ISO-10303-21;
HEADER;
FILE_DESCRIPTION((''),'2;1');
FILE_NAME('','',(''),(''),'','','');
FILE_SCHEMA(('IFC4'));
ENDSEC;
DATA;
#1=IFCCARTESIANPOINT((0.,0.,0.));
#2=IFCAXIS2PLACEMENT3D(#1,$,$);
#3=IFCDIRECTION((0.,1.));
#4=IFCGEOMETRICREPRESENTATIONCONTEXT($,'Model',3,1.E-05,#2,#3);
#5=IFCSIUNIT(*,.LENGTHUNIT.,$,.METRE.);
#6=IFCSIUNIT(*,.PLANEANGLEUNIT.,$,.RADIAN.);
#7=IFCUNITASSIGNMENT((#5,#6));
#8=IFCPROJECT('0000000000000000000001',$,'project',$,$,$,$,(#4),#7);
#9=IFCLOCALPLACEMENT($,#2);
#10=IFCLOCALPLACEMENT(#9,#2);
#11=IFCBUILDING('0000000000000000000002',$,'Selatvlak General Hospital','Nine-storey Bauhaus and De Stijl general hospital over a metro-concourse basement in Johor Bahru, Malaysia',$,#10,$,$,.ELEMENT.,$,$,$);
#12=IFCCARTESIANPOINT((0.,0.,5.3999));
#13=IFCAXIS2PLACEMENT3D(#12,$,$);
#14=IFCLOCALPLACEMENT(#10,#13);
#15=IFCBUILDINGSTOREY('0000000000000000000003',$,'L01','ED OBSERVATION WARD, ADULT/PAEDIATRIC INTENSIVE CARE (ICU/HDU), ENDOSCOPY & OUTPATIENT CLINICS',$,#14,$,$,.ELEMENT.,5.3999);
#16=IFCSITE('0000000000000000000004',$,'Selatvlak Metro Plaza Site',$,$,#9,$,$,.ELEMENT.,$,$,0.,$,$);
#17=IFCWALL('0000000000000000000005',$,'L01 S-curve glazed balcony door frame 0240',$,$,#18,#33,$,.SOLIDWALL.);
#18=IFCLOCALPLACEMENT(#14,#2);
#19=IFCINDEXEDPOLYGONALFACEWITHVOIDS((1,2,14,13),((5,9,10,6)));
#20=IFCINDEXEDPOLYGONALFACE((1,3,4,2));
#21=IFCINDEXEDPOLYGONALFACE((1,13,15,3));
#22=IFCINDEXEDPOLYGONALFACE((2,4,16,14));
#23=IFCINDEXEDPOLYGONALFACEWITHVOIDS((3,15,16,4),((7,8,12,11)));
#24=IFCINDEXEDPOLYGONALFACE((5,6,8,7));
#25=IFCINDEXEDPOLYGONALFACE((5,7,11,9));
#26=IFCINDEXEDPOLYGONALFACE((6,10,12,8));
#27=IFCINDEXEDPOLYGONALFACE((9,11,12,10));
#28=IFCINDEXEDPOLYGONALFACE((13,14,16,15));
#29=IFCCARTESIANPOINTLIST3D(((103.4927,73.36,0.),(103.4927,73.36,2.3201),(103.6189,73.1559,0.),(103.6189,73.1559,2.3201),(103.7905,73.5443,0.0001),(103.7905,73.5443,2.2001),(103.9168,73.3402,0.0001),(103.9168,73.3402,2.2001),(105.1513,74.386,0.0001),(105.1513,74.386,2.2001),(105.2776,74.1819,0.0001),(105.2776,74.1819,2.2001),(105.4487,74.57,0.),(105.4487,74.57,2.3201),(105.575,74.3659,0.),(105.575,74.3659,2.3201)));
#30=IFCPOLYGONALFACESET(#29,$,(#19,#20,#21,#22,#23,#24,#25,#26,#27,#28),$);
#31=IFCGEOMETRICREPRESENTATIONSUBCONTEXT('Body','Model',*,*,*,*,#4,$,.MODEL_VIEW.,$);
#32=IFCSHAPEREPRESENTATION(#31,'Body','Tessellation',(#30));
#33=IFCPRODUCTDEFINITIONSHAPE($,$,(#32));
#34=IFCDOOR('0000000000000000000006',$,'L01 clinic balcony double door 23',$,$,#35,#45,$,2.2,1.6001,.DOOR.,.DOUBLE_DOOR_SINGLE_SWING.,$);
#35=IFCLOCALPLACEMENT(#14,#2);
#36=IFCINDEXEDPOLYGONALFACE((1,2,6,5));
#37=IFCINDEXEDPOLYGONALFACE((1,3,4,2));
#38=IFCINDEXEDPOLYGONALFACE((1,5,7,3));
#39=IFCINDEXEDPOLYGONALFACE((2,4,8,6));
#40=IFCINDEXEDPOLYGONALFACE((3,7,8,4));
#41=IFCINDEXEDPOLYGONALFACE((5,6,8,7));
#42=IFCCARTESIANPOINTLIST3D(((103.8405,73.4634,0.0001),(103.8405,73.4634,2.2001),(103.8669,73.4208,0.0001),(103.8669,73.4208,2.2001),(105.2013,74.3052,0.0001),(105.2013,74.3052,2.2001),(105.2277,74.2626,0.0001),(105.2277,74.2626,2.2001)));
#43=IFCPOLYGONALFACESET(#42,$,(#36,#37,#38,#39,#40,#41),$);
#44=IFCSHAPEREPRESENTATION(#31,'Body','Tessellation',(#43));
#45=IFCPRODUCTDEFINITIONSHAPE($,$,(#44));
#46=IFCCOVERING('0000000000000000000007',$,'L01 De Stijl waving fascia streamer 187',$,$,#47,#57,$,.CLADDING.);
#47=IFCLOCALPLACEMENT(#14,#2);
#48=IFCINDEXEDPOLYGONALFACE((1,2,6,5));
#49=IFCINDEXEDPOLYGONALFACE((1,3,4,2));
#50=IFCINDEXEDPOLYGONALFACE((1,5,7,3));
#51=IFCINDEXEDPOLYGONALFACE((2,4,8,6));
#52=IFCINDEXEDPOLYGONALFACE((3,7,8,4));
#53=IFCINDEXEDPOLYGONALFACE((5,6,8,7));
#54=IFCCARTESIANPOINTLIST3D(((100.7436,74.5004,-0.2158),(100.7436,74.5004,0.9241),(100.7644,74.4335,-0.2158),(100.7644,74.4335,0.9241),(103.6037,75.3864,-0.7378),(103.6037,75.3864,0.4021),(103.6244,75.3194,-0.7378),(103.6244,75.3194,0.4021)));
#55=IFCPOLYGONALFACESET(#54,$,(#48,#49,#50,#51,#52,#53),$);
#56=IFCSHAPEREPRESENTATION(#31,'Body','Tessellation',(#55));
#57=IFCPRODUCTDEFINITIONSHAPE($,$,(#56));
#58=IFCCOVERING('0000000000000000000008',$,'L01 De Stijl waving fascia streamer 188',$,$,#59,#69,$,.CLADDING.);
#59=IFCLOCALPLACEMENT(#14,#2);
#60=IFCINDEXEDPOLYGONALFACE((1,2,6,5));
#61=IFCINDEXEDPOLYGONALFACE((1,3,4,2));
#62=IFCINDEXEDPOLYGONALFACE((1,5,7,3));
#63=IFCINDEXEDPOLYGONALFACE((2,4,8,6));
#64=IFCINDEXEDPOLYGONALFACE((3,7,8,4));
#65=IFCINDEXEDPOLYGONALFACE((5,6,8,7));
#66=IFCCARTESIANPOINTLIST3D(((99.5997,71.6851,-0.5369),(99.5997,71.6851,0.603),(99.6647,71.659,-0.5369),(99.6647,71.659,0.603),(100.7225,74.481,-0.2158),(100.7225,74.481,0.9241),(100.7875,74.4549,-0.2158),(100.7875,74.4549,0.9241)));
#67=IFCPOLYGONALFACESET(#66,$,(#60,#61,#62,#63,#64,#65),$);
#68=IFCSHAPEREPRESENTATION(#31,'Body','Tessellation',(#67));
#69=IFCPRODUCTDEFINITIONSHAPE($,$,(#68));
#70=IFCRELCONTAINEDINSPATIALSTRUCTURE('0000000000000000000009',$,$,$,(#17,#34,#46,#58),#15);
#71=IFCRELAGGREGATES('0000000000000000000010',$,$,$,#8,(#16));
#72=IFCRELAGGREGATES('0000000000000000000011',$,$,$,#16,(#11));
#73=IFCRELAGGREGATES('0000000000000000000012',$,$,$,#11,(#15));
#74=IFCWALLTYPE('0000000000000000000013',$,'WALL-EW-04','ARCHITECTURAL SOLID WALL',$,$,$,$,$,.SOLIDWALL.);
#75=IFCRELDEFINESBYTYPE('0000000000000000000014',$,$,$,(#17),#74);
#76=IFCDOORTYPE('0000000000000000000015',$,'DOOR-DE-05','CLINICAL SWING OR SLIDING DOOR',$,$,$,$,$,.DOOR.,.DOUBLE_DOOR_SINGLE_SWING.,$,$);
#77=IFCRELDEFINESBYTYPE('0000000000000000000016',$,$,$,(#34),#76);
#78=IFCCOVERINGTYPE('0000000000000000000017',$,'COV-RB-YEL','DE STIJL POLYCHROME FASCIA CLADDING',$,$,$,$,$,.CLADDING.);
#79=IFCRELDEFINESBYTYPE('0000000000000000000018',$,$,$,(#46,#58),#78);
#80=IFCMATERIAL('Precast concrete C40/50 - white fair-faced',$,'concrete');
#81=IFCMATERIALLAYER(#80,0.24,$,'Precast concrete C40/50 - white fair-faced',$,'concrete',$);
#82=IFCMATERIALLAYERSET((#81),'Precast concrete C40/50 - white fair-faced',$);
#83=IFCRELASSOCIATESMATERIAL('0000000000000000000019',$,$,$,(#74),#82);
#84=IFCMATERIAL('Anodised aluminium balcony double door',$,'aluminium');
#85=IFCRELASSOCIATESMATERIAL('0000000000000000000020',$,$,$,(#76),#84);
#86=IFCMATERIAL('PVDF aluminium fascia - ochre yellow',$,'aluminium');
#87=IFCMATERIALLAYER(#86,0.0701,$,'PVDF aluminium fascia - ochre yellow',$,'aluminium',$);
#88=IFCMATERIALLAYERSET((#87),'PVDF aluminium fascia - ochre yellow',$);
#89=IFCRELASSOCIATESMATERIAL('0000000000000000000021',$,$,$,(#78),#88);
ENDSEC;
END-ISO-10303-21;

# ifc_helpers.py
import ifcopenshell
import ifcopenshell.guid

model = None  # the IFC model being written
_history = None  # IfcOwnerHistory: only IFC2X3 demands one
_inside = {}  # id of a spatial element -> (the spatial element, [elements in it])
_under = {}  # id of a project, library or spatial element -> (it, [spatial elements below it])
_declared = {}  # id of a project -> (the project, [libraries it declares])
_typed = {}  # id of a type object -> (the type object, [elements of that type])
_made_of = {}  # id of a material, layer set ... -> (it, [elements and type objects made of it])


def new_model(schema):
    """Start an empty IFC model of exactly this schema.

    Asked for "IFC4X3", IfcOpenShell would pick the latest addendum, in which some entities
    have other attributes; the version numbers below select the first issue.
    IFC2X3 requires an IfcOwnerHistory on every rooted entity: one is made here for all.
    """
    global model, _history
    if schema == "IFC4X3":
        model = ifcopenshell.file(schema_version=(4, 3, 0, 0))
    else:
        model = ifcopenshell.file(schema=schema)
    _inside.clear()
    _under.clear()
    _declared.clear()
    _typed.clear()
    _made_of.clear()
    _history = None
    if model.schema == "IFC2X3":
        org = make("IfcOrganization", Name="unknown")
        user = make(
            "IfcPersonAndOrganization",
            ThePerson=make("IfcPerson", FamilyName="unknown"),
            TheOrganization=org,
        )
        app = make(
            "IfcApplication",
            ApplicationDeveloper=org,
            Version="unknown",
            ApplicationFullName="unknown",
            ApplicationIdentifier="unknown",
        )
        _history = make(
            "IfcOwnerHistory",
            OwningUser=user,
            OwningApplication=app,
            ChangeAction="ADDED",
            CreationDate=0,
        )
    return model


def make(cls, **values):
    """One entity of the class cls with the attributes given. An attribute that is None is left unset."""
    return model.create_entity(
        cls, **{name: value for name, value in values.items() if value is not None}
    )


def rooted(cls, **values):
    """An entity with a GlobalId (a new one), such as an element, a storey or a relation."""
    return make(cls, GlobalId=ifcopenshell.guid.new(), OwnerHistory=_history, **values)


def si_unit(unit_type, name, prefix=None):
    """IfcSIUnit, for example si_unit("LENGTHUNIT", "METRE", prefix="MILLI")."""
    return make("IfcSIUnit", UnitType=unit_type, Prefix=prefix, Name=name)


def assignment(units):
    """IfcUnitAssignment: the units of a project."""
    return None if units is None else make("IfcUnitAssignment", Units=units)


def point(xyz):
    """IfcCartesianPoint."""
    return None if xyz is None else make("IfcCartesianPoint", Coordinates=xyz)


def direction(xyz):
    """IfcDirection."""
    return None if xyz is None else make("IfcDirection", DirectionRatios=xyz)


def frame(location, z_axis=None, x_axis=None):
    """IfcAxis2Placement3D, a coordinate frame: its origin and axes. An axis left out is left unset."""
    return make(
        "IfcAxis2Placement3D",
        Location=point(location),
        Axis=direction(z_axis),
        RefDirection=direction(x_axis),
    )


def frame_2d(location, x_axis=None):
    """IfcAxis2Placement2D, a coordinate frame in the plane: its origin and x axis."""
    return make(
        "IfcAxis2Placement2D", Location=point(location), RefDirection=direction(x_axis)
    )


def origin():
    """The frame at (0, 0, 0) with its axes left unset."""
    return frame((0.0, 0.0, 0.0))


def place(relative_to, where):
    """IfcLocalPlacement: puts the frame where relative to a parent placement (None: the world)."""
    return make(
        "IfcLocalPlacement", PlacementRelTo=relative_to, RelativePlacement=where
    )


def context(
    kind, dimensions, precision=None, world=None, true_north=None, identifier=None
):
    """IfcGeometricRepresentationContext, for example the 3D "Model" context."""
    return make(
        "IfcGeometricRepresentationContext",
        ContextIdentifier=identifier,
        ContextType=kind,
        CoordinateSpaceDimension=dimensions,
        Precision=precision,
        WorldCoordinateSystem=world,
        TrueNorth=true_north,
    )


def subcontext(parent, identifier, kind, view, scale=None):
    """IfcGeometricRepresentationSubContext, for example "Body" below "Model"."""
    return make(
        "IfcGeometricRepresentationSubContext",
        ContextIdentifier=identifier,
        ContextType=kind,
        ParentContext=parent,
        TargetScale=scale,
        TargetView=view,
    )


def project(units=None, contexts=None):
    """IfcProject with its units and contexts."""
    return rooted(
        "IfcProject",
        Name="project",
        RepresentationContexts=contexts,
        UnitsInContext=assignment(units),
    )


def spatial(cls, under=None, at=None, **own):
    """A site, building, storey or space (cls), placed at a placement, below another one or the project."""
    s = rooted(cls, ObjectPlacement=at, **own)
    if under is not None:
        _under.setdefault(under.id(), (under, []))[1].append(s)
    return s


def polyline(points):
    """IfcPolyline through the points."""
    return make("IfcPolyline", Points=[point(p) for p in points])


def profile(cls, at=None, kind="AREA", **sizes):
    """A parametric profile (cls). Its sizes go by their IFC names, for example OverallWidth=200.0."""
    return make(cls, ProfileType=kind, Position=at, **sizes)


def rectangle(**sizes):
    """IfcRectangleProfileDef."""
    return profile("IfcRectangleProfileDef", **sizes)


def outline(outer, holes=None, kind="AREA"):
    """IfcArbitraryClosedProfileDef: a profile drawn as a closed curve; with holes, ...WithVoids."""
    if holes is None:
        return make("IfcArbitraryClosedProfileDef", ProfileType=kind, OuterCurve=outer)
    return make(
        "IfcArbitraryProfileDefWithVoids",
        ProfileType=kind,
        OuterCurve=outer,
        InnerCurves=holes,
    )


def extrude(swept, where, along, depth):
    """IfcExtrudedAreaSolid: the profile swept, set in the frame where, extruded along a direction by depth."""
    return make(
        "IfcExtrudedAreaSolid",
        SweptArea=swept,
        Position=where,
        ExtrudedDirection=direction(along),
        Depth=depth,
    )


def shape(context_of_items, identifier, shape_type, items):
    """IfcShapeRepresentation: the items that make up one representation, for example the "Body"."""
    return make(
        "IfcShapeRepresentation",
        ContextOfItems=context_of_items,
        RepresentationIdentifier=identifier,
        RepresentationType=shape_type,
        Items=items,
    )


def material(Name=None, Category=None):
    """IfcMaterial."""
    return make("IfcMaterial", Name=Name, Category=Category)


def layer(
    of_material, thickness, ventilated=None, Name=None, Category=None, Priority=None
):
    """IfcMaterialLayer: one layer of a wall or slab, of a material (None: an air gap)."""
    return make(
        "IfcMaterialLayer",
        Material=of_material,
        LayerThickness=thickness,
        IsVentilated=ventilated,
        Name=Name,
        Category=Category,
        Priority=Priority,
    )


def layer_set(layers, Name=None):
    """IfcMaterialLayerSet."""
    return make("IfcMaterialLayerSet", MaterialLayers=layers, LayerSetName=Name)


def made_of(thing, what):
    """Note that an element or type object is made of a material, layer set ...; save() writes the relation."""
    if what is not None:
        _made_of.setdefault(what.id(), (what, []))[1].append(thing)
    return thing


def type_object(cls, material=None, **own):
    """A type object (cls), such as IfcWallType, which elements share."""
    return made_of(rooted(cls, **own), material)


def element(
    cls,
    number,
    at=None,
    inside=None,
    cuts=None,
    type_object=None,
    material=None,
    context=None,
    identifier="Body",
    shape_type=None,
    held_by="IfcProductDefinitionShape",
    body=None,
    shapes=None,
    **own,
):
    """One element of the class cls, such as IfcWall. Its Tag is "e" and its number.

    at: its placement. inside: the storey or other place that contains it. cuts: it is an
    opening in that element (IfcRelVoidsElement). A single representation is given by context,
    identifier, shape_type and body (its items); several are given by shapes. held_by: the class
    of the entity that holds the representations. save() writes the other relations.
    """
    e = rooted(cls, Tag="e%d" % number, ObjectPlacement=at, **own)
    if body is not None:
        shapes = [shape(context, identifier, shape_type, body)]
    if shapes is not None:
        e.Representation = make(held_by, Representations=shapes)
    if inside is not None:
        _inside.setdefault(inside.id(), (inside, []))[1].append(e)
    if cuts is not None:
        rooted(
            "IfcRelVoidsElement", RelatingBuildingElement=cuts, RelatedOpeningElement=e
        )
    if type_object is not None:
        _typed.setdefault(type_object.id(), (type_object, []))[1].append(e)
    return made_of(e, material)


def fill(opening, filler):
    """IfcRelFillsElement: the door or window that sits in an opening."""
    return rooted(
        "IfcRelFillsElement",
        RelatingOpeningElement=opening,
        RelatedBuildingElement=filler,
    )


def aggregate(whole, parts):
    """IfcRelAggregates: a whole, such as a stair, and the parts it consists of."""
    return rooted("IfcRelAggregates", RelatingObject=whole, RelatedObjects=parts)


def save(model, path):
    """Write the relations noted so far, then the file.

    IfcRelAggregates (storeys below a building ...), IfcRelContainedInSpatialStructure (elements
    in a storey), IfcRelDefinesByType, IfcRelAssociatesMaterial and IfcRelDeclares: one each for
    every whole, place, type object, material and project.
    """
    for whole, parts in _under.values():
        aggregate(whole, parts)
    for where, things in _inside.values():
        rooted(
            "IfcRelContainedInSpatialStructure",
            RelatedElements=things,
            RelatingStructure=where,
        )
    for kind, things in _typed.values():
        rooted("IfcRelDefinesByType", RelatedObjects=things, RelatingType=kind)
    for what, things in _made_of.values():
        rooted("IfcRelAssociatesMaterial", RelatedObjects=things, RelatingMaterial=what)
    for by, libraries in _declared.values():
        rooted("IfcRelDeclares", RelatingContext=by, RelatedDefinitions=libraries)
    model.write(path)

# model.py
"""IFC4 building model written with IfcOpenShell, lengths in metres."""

from ifc_helpers import new_model, si_unit, direction, frame, frame_2d, origin, place, context, subcontext, project, spatial, polyline, rectangle, outline, extrude, material, layer, layer_set, type_object, element, fill, save


model = new_model("IFC4")

# Units and contexts
model_context = context("Model", 3, precision=1e-05, world=origin(), true_north=direction((0.0, 1.0)))
body_context = subcontext(model_context, "Body", "Model", "MODEL_VIEW")
ifc_project = project(units=[si_unit("LENGTHUNIT", "METRE"), si_unit("PLANEANGLEUNIT", "RADIAN")], contexts=[model_context])

# Site, building, storey
site_placement = place(None, origin())
site = spatial("IfcSite", under=ifc_project, at=site_placement, Name="Selatvlak Metro Plaza Site", CompositionType="ELEMENT", RefElevation=0.0)
building_placement = place(site_placement, origin())
building = spatial("IfcBuilding", under=site, at=building_placement, Name="Selatvlak General Hospital", Description="Nine-storey Bauhaus and De Stijl general hospital over a metro-concourse basement in Johor Bahru, Malaysia", CompositionType="ELEMENT")
storey_placement = place(building_placement, frame((0.0, 0.0, 5.3999)))
storey = spatial("IfcBuildingStorey", under=building, at=storey_placement, Name="L01", Description="ED OBSERVATION WARD, ADULT/PAEDIATRIC INTENSIVE CARE (ICU/HDU), ENDOSCOPY & OUTPATIENT CLINICS", CompositionType="ELEMENT", Elevation=5.3999)

# Wall, opening, door
ifc_material_1 = material(Name="Precast concrete C40/50 - white fair-faced", Category="concrete")
ifc_layer_1 = layer(ifc_material_1, 0.24, Name="Precast concrete C40/50 - white fair-faced", Category="concrete")
ifc_layer_set_1 = layer_set([ifc_layer_1], Name="Precast concrete C40/50 - white fair-faced")
wall_type = type_object("IfcWallType", Name="WALL-EW-04", Description="ARCHITECTURAL SOLID WALL", PredefinedType="SOLIDWALL", material=ifc_layer_set_1)
wall_placement = place(storey_placement, frame((103.5559, 73.2581, 0.0), z_axis=(0.0, 0.0, 1.0), x_axis=(0.850446, 0.526062, 0.0)))
wall = element("IfcWall", 1, at=wall_placement, inside=storey, type_object=wall_type, Name="L01 S-curve glazed balcony door frame 0240", PredefinedType="SOLIDWALL", context=body_context, shape_type="SweptSolid", body=[
    extrude(rectangle(XDim=2.3, YDim=0.24, at=frame_2d((1.1499, 0.0))), origin(), (0.0, 0.0, 1.0), 2.3201),
])
opening_placement = place(wall_placement, frame((0.3501, 0.0, 0.0)))
opening = element("IfcOpeningElement", 2, at=opening_placement, cuts=wall, PredefinedType="OPENING", context=body_context, shape_type="SweptSolid", body=[
    extrude(rectangle(XDim=1.6001, YDim=2.2, at=frame_2d((0.8, 1.1001))), frame((0.0, 0.1299, 0.0), z_axis=(0.0, -1.0, 0.0), x_axis=(1.0, 0.0, 0.0)), (0.0, 0.0, 1.0), 0.26),
])
ifc_material_2 = material(Name="Anodised aluminium balcony double door", Category="aluminium")
door_type = type_object("IfcDoorType", Name="DOOR-DE-05", Description="CLINICAL SWING OR SLIDING DOOR", OperationType="DOUBLE_DOOR_SINGLE_SWING", PredefinedType="DOOR", material=ifc_material_2)
door_placement = place(opening_placement, origin())
door = element("IfcDoor", 3, at=door_placement, inside=storey, type_object=door_type, Name="L01 clinic balcony double door 23", OperationType="DOUBLE_DOOR_SINGLE_SWING", OverallHeight=2.2, OverallWidth=1.6001, PredefinedType="DOOR", context=body_context, shape_type="SweptSolid", body=[
    extrude(rectangle(XDim=1.6001, YDim=2.2, at=frame_2d((0.8, 1.1001))), frame((0.0, 0.0249, 0.0), z_axis=(0.0, -1.0, 0.0), x_axis=(1.0, 0.0, 0.0)), (0.0, 0.0, 1.0), 0.05),
])
fill(opening, door)

# Coverings
ifc_material_3 = material(Name="PVDF aluminium fascia - ochre yellow", Category="aluminium")
ifc_layer_2 = layer(ifc_material_3, 0.0701, Name="PVDF aluminium fascia - ochre yellow", Category="aluminium")
ifc_layer_set_2 = layer_set([ifc_layer_2], Name="PVDF aluminium fascia - ochre yellow")
covering_type = type_object("IfcCoveringType", Name="COV-RB-YEL", Description="DE STIJL POLYCHROME FASCIA CLADDING", PredefinedType="CLADDING", material=ifc_layer_set_2)
covering_1_placement = place(storey_placement, frame((103.614, 75.353, -0.7378), z_axis=(0.0, 0.0, 1.0), x_axis=(-0.955218, -0.295902, 0.0)))
element("IfcCovering", 4, at=covering_1_placement, inside=storey, type_object=covering_type, Name="L01 De Stijl waving fascia streamer 187", PredefinedType="CLADDING", context=body_context, shape_type="SweptSolid", body=[
    extrude(outline(polyline([(0.0, 0.0), (2.9941, 0.522), (2.9941, 1.6619), (0.0, 1.1399), (0.0, 0.0)])), frame((0.0, 0.0352, 0.0), z_axis=(0.0, -1.0, 0.0), x_axis=(1.0, 0.0, 0.0)), (0.0, 0.0, 1.0), 0.0701),
])
covering_2_placement = place(storey_placement, frame((100.7549, 74.468, -0.2158), z_axis=(0.0, 0.0, 1.0), x_axis=(-0.372662, -0.927967, 0.0)))
element("IfcCovering", 5, at=covering_2_placement, inside=storey, type_object=covering_type, Name="L01 De Stijl waving fascia streamer 188", PredefinedType="CLADDING", context=body_context, shape_type="SweptSolid", body=[
    extrude(outline(polyline([(0.0, 0.0), (3.0129, -0.321), (3.0129, 0.8188), (0.0, 1.1399), (0.0, 0.0)])), frame((0.0, 0.0352, 0.0), z_axis=(0.0, -1.0, 0.0), x_axis=(1.0, 0.0, 0.0)), (0.0, 0.0, 1.0), 0.0701),
])

save(model, "model.ifc")
